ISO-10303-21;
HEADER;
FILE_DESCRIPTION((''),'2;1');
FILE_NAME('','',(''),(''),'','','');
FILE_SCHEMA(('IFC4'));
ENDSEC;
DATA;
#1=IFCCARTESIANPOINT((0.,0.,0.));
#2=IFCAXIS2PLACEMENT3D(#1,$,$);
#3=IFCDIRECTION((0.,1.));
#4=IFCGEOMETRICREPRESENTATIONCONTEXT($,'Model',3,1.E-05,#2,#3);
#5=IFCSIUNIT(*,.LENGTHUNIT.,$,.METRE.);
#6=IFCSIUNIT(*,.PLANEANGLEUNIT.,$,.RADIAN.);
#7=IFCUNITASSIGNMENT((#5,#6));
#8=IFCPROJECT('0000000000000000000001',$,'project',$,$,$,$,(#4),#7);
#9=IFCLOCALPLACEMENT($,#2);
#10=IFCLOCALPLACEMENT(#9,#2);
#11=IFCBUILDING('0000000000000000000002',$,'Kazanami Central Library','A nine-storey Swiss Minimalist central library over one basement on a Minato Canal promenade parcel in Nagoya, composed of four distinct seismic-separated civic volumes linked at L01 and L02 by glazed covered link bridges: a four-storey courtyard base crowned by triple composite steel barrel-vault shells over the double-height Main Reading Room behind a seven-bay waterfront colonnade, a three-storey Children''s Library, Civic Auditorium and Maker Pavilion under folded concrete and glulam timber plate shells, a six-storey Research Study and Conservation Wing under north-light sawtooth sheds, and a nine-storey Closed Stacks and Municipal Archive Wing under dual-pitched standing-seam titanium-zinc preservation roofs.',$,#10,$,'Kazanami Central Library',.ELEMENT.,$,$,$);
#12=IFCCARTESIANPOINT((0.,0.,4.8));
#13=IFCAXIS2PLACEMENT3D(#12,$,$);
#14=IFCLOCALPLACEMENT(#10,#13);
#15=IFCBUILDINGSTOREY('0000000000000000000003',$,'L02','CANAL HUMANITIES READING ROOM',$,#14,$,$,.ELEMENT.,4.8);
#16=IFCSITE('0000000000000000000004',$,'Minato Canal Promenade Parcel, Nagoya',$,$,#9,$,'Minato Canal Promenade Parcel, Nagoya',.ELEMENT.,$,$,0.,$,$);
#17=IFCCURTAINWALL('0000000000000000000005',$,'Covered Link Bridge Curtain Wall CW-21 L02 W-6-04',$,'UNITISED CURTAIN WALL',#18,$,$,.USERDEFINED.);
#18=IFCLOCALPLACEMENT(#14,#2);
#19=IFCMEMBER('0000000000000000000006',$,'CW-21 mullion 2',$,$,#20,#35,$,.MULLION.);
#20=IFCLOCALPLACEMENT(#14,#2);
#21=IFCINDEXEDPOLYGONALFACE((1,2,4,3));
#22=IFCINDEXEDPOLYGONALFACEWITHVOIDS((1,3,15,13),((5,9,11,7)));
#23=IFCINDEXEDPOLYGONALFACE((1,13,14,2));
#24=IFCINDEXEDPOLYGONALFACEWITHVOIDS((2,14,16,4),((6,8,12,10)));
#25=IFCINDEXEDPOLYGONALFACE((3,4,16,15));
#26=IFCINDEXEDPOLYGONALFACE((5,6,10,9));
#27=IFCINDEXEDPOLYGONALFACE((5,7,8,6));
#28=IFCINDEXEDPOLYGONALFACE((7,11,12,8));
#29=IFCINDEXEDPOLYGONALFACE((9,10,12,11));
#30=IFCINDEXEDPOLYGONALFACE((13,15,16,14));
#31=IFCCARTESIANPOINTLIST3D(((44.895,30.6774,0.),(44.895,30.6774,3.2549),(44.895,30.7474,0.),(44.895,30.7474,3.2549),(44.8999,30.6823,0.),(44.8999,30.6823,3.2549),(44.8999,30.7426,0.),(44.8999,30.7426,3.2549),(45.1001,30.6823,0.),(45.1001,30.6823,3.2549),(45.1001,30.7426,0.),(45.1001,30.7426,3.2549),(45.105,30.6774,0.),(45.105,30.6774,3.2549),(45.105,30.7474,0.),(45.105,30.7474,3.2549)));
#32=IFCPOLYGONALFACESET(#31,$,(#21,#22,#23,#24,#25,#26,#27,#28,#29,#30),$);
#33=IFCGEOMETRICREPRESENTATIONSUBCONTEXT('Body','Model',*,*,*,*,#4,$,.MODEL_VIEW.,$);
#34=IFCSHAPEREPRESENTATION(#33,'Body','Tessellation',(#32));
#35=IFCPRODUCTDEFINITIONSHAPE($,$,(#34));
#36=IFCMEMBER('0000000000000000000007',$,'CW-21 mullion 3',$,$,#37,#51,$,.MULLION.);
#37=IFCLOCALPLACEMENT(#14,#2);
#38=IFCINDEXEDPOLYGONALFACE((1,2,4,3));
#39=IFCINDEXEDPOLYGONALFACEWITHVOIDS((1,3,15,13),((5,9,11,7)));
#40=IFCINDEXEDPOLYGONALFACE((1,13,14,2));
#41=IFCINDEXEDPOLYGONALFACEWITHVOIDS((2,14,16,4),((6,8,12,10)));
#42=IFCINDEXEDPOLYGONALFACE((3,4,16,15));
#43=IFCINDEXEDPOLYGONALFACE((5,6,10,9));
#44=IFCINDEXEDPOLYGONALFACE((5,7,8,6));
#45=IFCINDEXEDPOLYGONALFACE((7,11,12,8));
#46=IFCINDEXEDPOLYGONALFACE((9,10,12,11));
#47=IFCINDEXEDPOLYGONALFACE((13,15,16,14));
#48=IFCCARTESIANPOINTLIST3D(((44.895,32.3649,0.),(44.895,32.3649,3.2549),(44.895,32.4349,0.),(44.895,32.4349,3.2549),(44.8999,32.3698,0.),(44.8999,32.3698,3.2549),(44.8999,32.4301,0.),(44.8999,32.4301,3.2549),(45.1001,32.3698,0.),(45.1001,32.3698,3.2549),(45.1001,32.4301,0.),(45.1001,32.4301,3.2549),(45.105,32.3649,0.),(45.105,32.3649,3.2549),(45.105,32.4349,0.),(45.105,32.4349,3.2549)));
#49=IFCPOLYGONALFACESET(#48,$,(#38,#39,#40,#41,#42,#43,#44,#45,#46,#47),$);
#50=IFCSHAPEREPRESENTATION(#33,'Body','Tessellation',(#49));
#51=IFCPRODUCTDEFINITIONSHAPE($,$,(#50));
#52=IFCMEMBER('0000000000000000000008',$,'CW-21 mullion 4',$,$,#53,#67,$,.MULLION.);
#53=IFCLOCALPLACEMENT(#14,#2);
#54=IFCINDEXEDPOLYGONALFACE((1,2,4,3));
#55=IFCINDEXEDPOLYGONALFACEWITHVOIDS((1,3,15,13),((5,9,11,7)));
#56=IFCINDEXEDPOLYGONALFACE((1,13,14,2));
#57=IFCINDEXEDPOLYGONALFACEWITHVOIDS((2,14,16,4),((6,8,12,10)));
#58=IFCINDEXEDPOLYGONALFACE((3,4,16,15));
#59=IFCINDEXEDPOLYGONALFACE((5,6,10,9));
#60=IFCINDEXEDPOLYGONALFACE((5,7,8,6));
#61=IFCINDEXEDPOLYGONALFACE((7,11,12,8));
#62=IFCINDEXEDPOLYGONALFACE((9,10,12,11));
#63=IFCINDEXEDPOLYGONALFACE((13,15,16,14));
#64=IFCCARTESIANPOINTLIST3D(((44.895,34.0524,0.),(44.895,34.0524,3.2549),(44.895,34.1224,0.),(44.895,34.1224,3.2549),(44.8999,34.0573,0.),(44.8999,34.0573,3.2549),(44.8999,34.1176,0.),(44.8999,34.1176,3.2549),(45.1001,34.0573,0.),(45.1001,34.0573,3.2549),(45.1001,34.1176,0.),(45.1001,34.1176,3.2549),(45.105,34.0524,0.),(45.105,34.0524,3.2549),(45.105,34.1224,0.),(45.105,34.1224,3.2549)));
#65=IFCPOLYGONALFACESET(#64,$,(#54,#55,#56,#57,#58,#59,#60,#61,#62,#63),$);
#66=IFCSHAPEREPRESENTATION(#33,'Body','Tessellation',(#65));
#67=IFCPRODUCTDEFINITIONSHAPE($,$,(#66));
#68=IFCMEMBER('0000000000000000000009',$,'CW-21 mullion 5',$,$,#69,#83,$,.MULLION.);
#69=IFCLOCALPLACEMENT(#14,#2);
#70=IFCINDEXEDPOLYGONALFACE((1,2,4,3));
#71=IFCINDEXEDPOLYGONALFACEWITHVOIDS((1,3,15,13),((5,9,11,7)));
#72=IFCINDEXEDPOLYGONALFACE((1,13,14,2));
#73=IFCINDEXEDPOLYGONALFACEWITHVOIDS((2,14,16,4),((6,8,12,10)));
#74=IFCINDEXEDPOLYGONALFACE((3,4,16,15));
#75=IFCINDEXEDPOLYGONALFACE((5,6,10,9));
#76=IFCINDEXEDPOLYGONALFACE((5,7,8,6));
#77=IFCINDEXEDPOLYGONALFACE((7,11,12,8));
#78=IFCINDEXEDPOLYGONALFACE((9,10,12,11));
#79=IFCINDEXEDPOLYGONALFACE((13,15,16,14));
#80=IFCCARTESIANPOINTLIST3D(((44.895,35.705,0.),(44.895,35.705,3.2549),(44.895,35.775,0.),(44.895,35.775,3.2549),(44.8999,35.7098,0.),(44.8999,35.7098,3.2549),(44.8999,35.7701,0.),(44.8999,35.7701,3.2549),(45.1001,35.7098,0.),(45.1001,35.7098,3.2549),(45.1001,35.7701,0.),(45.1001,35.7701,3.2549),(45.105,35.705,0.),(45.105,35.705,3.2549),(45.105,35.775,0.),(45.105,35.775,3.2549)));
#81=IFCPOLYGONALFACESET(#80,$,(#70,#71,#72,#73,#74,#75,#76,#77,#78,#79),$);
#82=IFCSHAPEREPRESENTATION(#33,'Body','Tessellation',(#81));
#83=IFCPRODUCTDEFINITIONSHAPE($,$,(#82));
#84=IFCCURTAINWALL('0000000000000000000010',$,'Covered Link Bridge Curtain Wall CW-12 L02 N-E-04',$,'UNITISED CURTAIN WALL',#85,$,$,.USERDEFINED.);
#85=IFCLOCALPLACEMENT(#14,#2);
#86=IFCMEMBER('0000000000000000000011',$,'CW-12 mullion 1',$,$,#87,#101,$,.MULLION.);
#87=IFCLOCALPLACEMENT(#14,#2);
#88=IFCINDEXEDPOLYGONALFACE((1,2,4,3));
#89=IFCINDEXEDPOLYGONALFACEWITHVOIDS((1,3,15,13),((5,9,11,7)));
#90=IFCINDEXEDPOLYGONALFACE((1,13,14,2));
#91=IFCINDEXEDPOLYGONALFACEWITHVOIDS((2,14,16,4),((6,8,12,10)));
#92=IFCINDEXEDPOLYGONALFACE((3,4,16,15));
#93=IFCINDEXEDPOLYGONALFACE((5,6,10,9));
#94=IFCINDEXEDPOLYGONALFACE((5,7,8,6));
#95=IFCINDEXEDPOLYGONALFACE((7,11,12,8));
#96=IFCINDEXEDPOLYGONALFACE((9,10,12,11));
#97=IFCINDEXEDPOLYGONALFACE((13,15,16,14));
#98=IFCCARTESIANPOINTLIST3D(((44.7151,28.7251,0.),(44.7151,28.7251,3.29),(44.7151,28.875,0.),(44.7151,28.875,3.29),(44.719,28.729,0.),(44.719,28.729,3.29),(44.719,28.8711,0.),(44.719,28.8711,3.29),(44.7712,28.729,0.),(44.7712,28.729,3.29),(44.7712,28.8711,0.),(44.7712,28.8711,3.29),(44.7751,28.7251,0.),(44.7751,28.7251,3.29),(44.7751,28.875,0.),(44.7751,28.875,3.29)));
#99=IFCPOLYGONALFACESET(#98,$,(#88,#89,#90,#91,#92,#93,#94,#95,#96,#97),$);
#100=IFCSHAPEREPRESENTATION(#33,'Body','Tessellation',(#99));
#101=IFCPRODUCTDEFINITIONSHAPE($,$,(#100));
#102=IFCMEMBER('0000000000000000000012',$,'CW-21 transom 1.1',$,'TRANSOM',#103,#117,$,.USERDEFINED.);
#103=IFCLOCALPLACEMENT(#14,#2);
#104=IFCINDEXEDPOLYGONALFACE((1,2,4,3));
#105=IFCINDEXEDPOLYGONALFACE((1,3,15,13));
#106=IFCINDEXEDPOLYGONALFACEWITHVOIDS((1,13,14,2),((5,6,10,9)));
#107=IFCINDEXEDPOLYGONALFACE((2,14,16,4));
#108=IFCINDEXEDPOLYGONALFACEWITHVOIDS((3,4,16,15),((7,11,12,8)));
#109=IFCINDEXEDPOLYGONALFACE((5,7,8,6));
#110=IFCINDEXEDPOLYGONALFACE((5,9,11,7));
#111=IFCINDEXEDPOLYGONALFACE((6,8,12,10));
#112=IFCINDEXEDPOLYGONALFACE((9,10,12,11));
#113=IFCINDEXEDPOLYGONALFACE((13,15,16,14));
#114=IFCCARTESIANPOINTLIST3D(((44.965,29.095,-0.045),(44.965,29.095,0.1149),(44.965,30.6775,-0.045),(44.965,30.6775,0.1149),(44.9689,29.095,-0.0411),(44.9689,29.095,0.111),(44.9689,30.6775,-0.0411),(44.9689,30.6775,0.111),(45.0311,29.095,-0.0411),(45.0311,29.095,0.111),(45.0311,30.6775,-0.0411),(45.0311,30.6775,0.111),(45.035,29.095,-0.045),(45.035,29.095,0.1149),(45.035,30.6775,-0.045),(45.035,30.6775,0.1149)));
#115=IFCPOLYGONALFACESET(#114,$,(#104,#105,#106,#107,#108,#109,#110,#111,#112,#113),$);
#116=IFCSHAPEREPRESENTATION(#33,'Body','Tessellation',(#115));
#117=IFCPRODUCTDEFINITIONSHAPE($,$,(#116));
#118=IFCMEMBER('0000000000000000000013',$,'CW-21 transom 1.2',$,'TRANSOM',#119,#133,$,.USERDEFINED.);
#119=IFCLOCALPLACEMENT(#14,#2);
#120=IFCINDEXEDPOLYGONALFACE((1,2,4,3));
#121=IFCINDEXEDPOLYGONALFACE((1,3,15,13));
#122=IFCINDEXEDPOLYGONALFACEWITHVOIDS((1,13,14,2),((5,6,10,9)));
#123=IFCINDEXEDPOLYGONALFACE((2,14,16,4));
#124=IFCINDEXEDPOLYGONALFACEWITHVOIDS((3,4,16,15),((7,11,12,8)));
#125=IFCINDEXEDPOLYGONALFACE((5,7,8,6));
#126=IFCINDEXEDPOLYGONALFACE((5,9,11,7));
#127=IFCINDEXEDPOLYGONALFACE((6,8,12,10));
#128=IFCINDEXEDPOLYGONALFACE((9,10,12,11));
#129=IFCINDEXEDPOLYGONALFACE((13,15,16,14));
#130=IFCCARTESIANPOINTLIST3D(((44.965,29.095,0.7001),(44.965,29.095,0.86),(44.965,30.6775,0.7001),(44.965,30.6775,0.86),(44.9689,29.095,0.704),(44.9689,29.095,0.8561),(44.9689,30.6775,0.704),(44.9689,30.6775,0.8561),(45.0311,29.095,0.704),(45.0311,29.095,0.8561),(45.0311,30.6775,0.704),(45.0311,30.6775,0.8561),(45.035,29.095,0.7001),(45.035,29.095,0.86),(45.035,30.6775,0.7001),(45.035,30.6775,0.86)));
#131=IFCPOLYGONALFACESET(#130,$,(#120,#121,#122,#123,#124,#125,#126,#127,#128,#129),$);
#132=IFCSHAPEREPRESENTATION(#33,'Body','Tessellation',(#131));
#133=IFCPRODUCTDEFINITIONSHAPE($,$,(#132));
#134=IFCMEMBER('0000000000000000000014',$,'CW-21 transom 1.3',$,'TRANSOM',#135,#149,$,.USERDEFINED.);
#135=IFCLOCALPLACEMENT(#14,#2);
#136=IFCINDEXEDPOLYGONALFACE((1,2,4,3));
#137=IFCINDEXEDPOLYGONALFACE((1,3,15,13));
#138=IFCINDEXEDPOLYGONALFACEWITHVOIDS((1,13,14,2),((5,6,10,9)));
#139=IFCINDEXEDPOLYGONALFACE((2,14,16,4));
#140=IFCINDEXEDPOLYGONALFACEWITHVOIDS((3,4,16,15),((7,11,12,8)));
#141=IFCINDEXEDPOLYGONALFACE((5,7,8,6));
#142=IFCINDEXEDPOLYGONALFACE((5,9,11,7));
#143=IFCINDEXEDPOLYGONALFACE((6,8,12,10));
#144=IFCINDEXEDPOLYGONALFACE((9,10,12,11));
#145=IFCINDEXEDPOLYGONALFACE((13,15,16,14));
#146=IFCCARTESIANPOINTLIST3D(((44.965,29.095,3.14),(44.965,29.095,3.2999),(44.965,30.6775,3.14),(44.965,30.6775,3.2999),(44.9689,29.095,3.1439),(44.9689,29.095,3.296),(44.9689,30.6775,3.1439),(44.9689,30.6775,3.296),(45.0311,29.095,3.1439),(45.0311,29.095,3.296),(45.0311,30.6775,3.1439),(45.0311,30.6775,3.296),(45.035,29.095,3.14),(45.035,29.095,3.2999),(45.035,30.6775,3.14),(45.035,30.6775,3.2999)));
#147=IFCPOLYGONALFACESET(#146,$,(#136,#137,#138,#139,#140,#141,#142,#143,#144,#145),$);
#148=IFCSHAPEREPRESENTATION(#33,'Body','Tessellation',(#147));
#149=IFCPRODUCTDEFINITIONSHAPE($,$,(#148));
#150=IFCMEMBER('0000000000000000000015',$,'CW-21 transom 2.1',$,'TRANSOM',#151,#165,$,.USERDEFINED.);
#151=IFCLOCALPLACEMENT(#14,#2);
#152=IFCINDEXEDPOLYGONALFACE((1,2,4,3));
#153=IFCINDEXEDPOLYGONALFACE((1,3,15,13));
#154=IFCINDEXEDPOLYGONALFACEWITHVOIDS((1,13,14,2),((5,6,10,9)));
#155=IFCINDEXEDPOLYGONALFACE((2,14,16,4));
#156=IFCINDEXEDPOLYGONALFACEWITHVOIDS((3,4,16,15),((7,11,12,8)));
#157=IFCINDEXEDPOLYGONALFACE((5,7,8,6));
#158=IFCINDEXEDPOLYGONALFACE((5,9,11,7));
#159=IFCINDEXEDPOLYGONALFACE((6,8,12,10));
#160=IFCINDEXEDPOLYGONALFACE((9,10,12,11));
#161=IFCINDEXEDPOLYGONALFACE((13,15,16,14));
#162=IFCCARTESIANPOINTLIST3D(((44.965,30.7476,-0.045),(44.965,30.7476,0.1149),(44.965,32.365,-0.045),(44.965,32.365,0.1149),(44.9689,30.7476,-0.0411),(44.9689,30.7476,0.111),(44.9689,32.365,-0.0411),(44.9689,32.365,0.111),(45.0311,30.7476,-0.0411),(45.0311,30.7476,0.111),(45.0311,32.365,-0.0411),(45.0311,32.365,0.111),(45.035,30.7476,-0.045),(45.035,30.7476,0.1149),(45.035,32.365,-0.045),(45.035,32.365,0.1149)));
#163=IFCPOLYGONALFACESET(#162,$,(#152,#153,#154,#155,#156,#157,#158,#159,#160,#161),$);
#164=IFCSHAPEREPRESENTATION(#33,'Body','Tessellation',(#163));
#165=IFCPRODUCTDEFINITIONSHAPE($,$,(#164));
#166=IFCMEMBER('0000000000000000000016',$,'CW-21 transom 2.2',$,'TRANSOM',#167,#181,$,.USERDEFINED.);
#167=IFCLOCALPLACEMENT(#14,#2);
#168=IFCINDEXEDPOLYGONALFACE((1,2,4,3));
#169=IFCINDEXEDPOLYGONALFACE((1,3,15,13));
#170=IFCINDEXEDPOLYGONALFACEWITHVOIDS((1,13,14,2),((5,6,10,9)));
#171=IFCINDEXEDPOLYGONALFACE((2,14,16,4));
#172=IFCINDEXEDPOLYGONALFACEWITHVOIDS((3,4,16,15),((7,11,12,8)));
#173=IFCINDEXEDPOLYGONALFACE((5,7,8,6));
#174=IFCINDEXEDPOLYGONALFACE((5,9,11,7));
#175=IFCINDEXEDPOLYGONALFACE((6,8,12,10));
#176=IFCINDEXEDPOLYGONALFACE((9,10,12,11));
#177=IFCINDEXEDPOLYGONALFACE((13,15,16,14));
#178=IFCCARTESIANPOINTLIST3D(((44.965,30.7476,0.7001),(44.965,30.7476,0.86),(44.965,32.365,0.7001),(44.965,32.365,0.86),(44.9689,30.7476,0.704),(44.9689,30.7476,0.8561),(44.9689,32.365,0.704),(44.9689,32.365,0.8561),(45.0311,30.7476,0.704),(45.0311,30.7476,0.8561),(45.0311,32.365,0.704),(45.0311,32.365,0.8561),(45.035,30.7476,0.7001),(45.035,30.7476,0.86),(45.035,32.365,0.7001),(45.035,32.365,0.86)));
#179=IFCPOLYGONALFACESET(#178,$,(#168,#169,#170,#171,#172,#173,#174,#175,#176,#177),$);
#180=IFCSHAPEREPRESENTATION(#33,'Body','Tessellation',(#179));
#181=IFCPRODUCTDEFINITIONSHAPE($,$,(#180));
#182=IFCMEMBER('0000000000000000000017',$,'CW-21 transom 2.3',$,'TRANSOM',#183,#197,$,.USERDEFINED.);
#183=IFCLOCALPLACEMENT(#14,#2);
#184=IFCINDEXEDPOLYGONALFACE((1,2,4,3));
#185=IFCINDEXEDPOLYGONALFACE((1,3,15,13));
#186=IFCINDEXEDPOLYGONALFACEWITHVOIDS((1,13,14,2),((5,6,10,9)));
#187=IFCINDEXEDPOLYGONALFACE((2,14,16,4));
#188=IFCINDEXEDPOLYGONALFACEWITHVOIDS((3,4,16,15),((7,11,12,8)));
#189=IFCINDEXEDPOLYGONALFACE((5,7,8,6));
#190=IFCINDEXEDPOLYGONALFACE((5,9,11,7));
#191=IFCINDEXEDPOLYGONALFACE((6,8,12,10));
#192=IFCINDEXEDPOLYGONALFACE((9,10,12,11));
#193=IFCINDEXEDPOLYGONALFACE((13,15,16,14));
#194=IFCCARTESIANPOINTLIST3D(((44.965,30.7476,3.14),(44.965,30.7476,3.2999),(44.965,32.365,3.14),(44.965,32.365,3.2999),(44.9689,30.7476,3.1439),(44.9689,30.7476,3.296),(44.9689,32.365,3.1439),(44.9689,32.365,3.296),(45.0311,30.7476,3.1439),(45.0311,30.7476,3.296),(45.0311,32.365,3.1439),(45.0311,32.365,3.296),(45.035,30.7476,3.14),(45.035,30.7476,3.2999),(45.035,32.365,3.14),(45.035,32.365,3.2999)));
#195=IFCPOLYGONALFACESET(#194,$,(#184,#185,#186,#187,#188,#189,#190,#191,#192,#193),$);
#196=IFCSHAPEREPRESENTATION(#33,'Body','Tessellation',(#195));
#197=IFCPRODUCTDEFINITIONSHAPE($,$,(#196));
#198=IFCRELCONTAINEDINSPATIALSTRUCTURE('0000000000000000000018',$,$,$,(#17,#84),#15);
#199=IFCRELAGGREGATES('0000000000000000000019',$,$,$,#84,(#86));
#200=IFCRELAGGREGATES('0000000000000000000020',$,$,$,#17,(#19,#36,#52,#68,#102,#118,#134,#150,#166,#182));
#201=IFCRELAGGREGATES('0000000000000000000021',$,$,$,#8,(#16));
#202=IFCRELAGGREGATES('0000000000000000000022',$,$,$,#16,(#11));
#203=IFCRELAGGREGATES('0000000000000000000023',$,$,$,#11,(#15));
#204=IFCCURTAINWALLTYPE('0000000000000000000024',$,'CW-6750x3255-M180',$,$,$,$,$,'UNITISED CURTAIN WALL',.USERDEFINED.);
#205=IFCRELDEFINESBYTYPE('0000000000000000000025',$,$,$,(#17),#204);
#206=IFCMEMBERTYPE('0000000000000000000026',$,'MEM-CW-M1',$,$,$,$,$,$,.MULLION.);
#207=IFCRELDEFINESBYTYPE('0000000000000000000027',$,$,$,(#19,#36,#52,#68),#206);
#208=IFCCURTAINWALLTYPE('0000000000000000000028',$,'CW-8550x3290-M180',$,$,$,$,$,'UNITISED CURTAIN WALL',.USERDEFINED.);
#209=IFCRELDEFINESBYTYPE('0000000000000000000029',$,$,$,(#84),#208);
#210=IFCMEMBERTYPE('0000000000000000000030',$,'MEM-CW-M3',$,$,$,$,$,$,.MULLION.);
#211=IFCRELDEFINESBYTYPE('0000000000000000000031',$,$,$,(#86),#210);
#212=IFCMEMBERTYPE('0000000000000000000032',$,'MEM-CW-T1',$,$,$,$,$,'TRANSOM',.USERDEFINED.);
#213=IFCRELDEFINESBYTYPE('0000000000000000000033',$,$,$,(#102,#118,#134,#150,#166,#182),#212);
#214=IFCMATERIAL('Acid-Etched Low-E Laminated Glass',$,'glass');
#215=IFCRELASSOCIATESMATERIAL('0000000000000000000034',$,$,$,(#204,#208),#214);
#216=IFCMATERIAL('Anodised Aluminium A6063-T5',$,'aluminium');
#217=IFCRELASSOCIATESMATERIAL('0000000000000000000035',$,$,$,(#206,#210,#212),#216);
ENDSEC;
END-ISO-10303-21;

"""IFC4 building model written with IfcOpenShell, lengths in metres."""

from ifc_helpers import new_model, si_unit, direction, frame, origin, origin_2d, place, context, subcontext, project, spatial, hollow_rectangle, extrude, material, material_profile, profile_set, type_object, element, aggregate, save


model = new_model("IFC4")

# Units and contexts
model_context = context("Model", 3, precision=1e-05, world=origin(), true_north=direction((0.0, 1.0)))
body_context = subcontext(model_context, "Body", "Model", "MODEL_VIEW")
ifc_project = project(units=[si_unit("LENGTHUNIT", "METRE"), si_unit("PLANEANGLEUNIT", "RADIAN")], contexts=[model_context])

# Site, building, storey
site_placement = place(None, origin())
site = spatial("IfcSite", under=ifc_project, at=site_placement, Name="Minato Canal Promenade Parcel, Nagoya", LongName="Minato Canal Promenade Parcel, Nagoya", CompositionType="ELEMENT", RefElevation=0.0)
building_placement = place(site_placement, origin())
building = spatial("IfcBuilding", under=site, at=building_placement, Name="Kazanami Central Library", Description="A nine-storey Swiss Minimalist central library over one basement on a Minato Canal promenade parcel in Nagoya, composed of four distinct seismic-separated civic volumes linked at L01 and L02 by glazed covered link bridges: a four-storey courtyard base crowned by triple composite steel barrel-vault shells over the double-height Main Reading Room behind a seven-bay waterfront colonnade, a three-storey Children's Library, Civic Auditorium and Maker Pavilion under folded concrete and glulam timber plate shells, a six-storey Research Study and Conservation Wing under north-light sawtooth sheds, and a nine-storey Closed Stacks and Municipal Archive Wing under dual-pitched standing-seam titanium-zinc preservation roofs.", LongName="Kazanami Central Library", CompositionType="ELEMENT")
storey_placement = place(building_placement, frame((0.0, 0.0, 4.8)))
storey = spatial("IfcBuildingStorey", under=building, at=storey_placement, Name="L02", Description="CANAL HUMANITIES READING ROOM", CompositionType="ELEMENT", Elevation=4.8)

# Curtain wall, members
ifc_material_1 = material(Name="Acid-Etched Low-E Laminated Glass", Category="glass")
curtain_wall_type_1 = type_object("IfcCurtainWallType", Name="CW-6750x3255-M180", ElementType="UNITISED CURTAIN WALL", PredefinedType="USERDEFINED", material=ifc_material_1)
curtain_wall_1_placement = place(storey_placement, origin())
curtain_wall_1 = element("IfcCurtainWall", 1, at=curtain_wall_1_placement, inside=storey, type_object=curtain_wall_type_1, Name="Covered Link Bridge Curtain Wall CW-21 L02 W-6-04", ObjectType="UNITISED CURTAIN WALL", PredefinedType="USERDEFINED")
ifc_material_2 = material(Name="Anodised Aluminium A6063-T5", Category="aluminium")
ifc_material_profile_1 = material_profile(ifc_material_2, hollow_rectangle(XDim=0.0701, YDim=0.21, WallThickness=0.0049, at=origin_2d()), Name="ALU-MULL-70x210x5")
ifc_profile_set_1 = profile_set([ifc_material_profile_1], Name="Anodised Aluminium A6063-T5")
member_type_1 = type_object("IfcMemberType", Name="MEM-CW-M1", PredefinedType="MULLION", material=ifc_profile_set_1)
member_1_placement = place(storey_placement, frame((45.0, 30.7124, 0.0), z_axis=(0.0, 0.0, 1.0), x_axis=(0.0, 1.0, 0.0)))
member_1 = element("IfcMember", 2, at=member_1_placement, type_object=member_type_1, Name="CW-21 mullion 2", PredefinedType="MULLION", context=body_context, shape_type="SweptSolid", body=[
    extrude(hollow_rectangle(XDim=0.0701, YDim=0.21, WallThickness=0.0049, at=origin_2d()), origin(), (0.0, 0.0, 1.0), 3.2549),
])
member_2_placement = place(storey_placement, frame((45.0, 32.3999, 0.0), z_axis=(0.0, 0.0, 1.0), x_axis=(0.0, 1.0, 0.0)))
member_2 = element("IfcMember", 3, at=member_2_placement, type_object=member_type_1, Name="CW-21 mullion 3", PredefinedType="MULLION", context=body_context, shape_type="SweptSolid", body=[
    extrude(hollow_rectangle(XDim=0.0701, YDim=0.21, WallThickness=0.0049, at=origin_2d()), origin(), (0.0, 0.0, 1.0), 3.2549),
])
member_3_placement = place(storey_placement, frame((45.0, 34.0874, 0.0), z_axis=(0.0, 0.0, 1.0), x_axis=(0.0, 1.0, 0.0)))
member_3 = element("IfcMember", 4, at=member_3_placement, type_object=member_type_1, Name="CW-21 mullion 4", PredefinedType="MULLION", context=body_context, shape_type="SweptSolid", body=[
    extrude(hollow_rectangle(XDim=0.0701, YDim=0.21, WallThickness=0.0049, at=origin_2d()), origin(), (0.0, 0.0, 1.0), 3.2549),
])
member_4_placement = place(storey_placement, frame((45.0, 35.74, 0.0), z_axis=(0.0, 0.0, 1.0), x_axis=(0.0, 1.0, 0.0)))
member_4 = element("IfcMember", 5, at=member_4_placement, type_object=member_type_1, Name="CW-21 mullion 5", PredefinedType="MULLION", context=body_context, shape_type="SweptSolid", body=[
    extrude(hollow_rectangle(XDim=0.0701, YDim=0.21, WallThickness=0.0049, at=origin_2d()), origin(), (0.0, 0.0, 1.0), 3.2549),
])

# Curtain wall, member
curtain_wall_type_2 = type_object("IfcCurtainWallType", Name="CW-8550x3290-M180", ElementType="UNITISED CURTAIN WALL", PredefinedType="USERDEFINED", material=ifc_material_1)
curtain_wall_2_placement = place(storey_placement, origin())
curtain_wall_2 = element("IfcCurtainWall", 6, at=curtain_wall_2_placement, inside=storey, type_object=curtain_wall_type_2, Name="Covered Link Bridge Curtain Wall CW-12 L02 N-E-04", ObjectType="UNITISED CURTAIN WALL", PredefinedType="USERDEFINED")
ifc_material_profile_2 = material_profile(ifc_material_2, hollow_rectangle(XDim=0.0601, YDim=0.1499, WallThickness=0.0039, at=origin_2d()), Name="ALU-MULL-60x150x4")
ifc_profile_set_2 = profile_set([ifc_material_profile_2], Name="Anodised Aluminium A6063-T5")
member_type_2 = type_object("IfcMemberType", Name="MEM-CW-M3", PredefinedType="MULLION", material=ifc_profile_set_2)
member_5_placement = place(storey_placement, frame((44.7451, 28.8, 0.0), z_axis=(0.0, 0.0, 1.0), x_axis=(-1.0, 0.0, 0.0)))
member_5 = element("IfcMember", 7, at=member_5_placement, type_object=member_type_2, Name="CW-12 mullion 1", PredefinedType="MULLION", context=body_context, shape_type="SweptSolid", body=[
    extrude(hollow_rectangle(XDim=0.0601, YDim=0.1499, WallThickness=0.0039, at=origin_2d()), origin(), (0.0, 0.0, 1.0), 3.29),
])
aggregate(curtain_wall_2, [member_5])

# Members
ifc_material_profile_3 = material_profile(ifc_material_2, hollow_rectangle(XDim=0.0701, YDim=0.1599, WallThickness=0.0039, at=origin_2d()), Name="ALU-TRAN-70x160x4")
ifc_profile_set_3 = profile_set([ifc_material_profile_3], Name="Anodised Aluminium A6063-T5")
member_type_3 = type_object("IfcMemberType", Name="MEM-CW-T1", ElementType="TRANSOM", PredefinedType="USERDEFINED", material=ifc_profile_set_3)
member_6_placement = place(storey_placement, frame((45.0, 29.095, 0.0349), z_axis=(0.0, 1.0, 0.0), x_axis=(-1.0, 0.0, 0.0)))
member_6 = element("IfcMember", 8, at=member_6_placement, type_object=member_type_3, Name="CW-21 transom 1.1", ObjectType="TRANSOM", PredefinedType="USERDEFINED", context=body_context, shape_type="SweptSolid", body=[
    extrude(hollow_rectangle(XDim=0.0701, YDim=0.1599, WallThickness=0.0039, at=origin_2d()), origin(), (0.0, 0.0, 1.0), 1.5825),
])
member_7_placement = place(storey_placement, frame((45.0, 29.095, 0.78), z_axis=(0.0, 1.0, 0.0), x_axis=(-1.0, 0.0, 0.0)))
member_7 = element("IfcMember", 9, at=member_7_placement, type_object=member_type_3, Name="CW-21 transom 1.2", ObjectType="TRANSOM", PredefinedType="USERDEFINED", context=body_context, shape_type="SweptSolid", body=[
    extrude(hollow_rectangle(XDim=0.0701, YDim=0.1599, WallThickness=0.0039, at=origin_2d()), origin(), (0.0, 0.0, 1.0), 1.5825),
])
member_8_placement = place(storey_placement, frame((45.0, 29.095, 3.22), z_axis=(0.0, 1.0, 0.0), x_axis=(-1.0, 0.0, 0.0)))
member_8 = element("IfcMember", 10, at=member_8_placement, type_object=member_type_3, Name="CW-21 transom 1.3", ObjectType="TRANSOM", PredefinedType="USERDEFINED", context=body_context, shape_type="SweptSolid", body=[
    extrude(hollow_rectangle(XDim=0.0701, YDim=0.1599, WallThickness=0.0039, at=origin_2d()), origin(), (0.0, 0.0, 1.0), 1.5825),
])
member_9_placement = place(storey_placement, frame((45.0, 30.7476, 0.0349), z_axis=(0.0, 1.0, 0.0), x_axis=(-1.0, 0.0, 0.0)))
member_9 = element("IfcMember", 11, at=member_9_placement, type_object=member_type_3, Name="CW-21 transom 2.1", ObjectType="TRANSOM", PredefinedType="USERDEFINED", context=body_context, shape_type="SweptSolid", body=[
    extrude(hollow_rectangle(XDim=0.0701, YDim=0.1599, WallThickness=0.0039, at=origin_2d()), origin(), (0.0, 0.0, 1.0), 1.6174),
])
member_10_placement = place(storey_placement, frame((45.0, 30.7476, 0.78), z_axis=(0.0, 1.0, 0.0), x_axis=(-1.0, 0.0, 0.0)))
member_10 = element("IfcMember", 12, at=member_10_placement, type_object=member_type_3, Name="CW-21 transom 2.2", ObjectType="TRANSOM", PredefinedType="USERDEFINED", context=body_context, shape_type="SweptSolid", body=[
    extrude(hollow_rectangle(XDim=0.0701, YDim=0.1599, WallThickness=0.0039, at=origin_2d()), origin(), (0.0, 0.0, 1.0), 1.6174),
])
member_11_placement = place(storey_placement, frame((45.0, 30.7476, 3.22), z_axis=(0.0, 1.0, 0.0), x_axis=(-1.0, 0.0, 0.0)))
member_11 = element("IfcMember", 13, at=member_11_placement, type_object=member_type_3, Name="CW-21 transom 2.3", ObjectType="TRANSOM", PredefinedType="USERDEFINED", context=body_context, shape_type="SweptSolid", body=[
    extrude(hollow_rectangle(XDim=0.0701, YDim=0.1599, WallThickness=0.0039, at=origin_2d()), origin(), (0.0, 0.0, 1.0), 1.6174),
])

aggregate(curtain_wall_1, [member_1, member_2, member_3, member_4, member_6, member_7, member_8, member_9, member_10, member_11])

save(model, "model.ifc")
